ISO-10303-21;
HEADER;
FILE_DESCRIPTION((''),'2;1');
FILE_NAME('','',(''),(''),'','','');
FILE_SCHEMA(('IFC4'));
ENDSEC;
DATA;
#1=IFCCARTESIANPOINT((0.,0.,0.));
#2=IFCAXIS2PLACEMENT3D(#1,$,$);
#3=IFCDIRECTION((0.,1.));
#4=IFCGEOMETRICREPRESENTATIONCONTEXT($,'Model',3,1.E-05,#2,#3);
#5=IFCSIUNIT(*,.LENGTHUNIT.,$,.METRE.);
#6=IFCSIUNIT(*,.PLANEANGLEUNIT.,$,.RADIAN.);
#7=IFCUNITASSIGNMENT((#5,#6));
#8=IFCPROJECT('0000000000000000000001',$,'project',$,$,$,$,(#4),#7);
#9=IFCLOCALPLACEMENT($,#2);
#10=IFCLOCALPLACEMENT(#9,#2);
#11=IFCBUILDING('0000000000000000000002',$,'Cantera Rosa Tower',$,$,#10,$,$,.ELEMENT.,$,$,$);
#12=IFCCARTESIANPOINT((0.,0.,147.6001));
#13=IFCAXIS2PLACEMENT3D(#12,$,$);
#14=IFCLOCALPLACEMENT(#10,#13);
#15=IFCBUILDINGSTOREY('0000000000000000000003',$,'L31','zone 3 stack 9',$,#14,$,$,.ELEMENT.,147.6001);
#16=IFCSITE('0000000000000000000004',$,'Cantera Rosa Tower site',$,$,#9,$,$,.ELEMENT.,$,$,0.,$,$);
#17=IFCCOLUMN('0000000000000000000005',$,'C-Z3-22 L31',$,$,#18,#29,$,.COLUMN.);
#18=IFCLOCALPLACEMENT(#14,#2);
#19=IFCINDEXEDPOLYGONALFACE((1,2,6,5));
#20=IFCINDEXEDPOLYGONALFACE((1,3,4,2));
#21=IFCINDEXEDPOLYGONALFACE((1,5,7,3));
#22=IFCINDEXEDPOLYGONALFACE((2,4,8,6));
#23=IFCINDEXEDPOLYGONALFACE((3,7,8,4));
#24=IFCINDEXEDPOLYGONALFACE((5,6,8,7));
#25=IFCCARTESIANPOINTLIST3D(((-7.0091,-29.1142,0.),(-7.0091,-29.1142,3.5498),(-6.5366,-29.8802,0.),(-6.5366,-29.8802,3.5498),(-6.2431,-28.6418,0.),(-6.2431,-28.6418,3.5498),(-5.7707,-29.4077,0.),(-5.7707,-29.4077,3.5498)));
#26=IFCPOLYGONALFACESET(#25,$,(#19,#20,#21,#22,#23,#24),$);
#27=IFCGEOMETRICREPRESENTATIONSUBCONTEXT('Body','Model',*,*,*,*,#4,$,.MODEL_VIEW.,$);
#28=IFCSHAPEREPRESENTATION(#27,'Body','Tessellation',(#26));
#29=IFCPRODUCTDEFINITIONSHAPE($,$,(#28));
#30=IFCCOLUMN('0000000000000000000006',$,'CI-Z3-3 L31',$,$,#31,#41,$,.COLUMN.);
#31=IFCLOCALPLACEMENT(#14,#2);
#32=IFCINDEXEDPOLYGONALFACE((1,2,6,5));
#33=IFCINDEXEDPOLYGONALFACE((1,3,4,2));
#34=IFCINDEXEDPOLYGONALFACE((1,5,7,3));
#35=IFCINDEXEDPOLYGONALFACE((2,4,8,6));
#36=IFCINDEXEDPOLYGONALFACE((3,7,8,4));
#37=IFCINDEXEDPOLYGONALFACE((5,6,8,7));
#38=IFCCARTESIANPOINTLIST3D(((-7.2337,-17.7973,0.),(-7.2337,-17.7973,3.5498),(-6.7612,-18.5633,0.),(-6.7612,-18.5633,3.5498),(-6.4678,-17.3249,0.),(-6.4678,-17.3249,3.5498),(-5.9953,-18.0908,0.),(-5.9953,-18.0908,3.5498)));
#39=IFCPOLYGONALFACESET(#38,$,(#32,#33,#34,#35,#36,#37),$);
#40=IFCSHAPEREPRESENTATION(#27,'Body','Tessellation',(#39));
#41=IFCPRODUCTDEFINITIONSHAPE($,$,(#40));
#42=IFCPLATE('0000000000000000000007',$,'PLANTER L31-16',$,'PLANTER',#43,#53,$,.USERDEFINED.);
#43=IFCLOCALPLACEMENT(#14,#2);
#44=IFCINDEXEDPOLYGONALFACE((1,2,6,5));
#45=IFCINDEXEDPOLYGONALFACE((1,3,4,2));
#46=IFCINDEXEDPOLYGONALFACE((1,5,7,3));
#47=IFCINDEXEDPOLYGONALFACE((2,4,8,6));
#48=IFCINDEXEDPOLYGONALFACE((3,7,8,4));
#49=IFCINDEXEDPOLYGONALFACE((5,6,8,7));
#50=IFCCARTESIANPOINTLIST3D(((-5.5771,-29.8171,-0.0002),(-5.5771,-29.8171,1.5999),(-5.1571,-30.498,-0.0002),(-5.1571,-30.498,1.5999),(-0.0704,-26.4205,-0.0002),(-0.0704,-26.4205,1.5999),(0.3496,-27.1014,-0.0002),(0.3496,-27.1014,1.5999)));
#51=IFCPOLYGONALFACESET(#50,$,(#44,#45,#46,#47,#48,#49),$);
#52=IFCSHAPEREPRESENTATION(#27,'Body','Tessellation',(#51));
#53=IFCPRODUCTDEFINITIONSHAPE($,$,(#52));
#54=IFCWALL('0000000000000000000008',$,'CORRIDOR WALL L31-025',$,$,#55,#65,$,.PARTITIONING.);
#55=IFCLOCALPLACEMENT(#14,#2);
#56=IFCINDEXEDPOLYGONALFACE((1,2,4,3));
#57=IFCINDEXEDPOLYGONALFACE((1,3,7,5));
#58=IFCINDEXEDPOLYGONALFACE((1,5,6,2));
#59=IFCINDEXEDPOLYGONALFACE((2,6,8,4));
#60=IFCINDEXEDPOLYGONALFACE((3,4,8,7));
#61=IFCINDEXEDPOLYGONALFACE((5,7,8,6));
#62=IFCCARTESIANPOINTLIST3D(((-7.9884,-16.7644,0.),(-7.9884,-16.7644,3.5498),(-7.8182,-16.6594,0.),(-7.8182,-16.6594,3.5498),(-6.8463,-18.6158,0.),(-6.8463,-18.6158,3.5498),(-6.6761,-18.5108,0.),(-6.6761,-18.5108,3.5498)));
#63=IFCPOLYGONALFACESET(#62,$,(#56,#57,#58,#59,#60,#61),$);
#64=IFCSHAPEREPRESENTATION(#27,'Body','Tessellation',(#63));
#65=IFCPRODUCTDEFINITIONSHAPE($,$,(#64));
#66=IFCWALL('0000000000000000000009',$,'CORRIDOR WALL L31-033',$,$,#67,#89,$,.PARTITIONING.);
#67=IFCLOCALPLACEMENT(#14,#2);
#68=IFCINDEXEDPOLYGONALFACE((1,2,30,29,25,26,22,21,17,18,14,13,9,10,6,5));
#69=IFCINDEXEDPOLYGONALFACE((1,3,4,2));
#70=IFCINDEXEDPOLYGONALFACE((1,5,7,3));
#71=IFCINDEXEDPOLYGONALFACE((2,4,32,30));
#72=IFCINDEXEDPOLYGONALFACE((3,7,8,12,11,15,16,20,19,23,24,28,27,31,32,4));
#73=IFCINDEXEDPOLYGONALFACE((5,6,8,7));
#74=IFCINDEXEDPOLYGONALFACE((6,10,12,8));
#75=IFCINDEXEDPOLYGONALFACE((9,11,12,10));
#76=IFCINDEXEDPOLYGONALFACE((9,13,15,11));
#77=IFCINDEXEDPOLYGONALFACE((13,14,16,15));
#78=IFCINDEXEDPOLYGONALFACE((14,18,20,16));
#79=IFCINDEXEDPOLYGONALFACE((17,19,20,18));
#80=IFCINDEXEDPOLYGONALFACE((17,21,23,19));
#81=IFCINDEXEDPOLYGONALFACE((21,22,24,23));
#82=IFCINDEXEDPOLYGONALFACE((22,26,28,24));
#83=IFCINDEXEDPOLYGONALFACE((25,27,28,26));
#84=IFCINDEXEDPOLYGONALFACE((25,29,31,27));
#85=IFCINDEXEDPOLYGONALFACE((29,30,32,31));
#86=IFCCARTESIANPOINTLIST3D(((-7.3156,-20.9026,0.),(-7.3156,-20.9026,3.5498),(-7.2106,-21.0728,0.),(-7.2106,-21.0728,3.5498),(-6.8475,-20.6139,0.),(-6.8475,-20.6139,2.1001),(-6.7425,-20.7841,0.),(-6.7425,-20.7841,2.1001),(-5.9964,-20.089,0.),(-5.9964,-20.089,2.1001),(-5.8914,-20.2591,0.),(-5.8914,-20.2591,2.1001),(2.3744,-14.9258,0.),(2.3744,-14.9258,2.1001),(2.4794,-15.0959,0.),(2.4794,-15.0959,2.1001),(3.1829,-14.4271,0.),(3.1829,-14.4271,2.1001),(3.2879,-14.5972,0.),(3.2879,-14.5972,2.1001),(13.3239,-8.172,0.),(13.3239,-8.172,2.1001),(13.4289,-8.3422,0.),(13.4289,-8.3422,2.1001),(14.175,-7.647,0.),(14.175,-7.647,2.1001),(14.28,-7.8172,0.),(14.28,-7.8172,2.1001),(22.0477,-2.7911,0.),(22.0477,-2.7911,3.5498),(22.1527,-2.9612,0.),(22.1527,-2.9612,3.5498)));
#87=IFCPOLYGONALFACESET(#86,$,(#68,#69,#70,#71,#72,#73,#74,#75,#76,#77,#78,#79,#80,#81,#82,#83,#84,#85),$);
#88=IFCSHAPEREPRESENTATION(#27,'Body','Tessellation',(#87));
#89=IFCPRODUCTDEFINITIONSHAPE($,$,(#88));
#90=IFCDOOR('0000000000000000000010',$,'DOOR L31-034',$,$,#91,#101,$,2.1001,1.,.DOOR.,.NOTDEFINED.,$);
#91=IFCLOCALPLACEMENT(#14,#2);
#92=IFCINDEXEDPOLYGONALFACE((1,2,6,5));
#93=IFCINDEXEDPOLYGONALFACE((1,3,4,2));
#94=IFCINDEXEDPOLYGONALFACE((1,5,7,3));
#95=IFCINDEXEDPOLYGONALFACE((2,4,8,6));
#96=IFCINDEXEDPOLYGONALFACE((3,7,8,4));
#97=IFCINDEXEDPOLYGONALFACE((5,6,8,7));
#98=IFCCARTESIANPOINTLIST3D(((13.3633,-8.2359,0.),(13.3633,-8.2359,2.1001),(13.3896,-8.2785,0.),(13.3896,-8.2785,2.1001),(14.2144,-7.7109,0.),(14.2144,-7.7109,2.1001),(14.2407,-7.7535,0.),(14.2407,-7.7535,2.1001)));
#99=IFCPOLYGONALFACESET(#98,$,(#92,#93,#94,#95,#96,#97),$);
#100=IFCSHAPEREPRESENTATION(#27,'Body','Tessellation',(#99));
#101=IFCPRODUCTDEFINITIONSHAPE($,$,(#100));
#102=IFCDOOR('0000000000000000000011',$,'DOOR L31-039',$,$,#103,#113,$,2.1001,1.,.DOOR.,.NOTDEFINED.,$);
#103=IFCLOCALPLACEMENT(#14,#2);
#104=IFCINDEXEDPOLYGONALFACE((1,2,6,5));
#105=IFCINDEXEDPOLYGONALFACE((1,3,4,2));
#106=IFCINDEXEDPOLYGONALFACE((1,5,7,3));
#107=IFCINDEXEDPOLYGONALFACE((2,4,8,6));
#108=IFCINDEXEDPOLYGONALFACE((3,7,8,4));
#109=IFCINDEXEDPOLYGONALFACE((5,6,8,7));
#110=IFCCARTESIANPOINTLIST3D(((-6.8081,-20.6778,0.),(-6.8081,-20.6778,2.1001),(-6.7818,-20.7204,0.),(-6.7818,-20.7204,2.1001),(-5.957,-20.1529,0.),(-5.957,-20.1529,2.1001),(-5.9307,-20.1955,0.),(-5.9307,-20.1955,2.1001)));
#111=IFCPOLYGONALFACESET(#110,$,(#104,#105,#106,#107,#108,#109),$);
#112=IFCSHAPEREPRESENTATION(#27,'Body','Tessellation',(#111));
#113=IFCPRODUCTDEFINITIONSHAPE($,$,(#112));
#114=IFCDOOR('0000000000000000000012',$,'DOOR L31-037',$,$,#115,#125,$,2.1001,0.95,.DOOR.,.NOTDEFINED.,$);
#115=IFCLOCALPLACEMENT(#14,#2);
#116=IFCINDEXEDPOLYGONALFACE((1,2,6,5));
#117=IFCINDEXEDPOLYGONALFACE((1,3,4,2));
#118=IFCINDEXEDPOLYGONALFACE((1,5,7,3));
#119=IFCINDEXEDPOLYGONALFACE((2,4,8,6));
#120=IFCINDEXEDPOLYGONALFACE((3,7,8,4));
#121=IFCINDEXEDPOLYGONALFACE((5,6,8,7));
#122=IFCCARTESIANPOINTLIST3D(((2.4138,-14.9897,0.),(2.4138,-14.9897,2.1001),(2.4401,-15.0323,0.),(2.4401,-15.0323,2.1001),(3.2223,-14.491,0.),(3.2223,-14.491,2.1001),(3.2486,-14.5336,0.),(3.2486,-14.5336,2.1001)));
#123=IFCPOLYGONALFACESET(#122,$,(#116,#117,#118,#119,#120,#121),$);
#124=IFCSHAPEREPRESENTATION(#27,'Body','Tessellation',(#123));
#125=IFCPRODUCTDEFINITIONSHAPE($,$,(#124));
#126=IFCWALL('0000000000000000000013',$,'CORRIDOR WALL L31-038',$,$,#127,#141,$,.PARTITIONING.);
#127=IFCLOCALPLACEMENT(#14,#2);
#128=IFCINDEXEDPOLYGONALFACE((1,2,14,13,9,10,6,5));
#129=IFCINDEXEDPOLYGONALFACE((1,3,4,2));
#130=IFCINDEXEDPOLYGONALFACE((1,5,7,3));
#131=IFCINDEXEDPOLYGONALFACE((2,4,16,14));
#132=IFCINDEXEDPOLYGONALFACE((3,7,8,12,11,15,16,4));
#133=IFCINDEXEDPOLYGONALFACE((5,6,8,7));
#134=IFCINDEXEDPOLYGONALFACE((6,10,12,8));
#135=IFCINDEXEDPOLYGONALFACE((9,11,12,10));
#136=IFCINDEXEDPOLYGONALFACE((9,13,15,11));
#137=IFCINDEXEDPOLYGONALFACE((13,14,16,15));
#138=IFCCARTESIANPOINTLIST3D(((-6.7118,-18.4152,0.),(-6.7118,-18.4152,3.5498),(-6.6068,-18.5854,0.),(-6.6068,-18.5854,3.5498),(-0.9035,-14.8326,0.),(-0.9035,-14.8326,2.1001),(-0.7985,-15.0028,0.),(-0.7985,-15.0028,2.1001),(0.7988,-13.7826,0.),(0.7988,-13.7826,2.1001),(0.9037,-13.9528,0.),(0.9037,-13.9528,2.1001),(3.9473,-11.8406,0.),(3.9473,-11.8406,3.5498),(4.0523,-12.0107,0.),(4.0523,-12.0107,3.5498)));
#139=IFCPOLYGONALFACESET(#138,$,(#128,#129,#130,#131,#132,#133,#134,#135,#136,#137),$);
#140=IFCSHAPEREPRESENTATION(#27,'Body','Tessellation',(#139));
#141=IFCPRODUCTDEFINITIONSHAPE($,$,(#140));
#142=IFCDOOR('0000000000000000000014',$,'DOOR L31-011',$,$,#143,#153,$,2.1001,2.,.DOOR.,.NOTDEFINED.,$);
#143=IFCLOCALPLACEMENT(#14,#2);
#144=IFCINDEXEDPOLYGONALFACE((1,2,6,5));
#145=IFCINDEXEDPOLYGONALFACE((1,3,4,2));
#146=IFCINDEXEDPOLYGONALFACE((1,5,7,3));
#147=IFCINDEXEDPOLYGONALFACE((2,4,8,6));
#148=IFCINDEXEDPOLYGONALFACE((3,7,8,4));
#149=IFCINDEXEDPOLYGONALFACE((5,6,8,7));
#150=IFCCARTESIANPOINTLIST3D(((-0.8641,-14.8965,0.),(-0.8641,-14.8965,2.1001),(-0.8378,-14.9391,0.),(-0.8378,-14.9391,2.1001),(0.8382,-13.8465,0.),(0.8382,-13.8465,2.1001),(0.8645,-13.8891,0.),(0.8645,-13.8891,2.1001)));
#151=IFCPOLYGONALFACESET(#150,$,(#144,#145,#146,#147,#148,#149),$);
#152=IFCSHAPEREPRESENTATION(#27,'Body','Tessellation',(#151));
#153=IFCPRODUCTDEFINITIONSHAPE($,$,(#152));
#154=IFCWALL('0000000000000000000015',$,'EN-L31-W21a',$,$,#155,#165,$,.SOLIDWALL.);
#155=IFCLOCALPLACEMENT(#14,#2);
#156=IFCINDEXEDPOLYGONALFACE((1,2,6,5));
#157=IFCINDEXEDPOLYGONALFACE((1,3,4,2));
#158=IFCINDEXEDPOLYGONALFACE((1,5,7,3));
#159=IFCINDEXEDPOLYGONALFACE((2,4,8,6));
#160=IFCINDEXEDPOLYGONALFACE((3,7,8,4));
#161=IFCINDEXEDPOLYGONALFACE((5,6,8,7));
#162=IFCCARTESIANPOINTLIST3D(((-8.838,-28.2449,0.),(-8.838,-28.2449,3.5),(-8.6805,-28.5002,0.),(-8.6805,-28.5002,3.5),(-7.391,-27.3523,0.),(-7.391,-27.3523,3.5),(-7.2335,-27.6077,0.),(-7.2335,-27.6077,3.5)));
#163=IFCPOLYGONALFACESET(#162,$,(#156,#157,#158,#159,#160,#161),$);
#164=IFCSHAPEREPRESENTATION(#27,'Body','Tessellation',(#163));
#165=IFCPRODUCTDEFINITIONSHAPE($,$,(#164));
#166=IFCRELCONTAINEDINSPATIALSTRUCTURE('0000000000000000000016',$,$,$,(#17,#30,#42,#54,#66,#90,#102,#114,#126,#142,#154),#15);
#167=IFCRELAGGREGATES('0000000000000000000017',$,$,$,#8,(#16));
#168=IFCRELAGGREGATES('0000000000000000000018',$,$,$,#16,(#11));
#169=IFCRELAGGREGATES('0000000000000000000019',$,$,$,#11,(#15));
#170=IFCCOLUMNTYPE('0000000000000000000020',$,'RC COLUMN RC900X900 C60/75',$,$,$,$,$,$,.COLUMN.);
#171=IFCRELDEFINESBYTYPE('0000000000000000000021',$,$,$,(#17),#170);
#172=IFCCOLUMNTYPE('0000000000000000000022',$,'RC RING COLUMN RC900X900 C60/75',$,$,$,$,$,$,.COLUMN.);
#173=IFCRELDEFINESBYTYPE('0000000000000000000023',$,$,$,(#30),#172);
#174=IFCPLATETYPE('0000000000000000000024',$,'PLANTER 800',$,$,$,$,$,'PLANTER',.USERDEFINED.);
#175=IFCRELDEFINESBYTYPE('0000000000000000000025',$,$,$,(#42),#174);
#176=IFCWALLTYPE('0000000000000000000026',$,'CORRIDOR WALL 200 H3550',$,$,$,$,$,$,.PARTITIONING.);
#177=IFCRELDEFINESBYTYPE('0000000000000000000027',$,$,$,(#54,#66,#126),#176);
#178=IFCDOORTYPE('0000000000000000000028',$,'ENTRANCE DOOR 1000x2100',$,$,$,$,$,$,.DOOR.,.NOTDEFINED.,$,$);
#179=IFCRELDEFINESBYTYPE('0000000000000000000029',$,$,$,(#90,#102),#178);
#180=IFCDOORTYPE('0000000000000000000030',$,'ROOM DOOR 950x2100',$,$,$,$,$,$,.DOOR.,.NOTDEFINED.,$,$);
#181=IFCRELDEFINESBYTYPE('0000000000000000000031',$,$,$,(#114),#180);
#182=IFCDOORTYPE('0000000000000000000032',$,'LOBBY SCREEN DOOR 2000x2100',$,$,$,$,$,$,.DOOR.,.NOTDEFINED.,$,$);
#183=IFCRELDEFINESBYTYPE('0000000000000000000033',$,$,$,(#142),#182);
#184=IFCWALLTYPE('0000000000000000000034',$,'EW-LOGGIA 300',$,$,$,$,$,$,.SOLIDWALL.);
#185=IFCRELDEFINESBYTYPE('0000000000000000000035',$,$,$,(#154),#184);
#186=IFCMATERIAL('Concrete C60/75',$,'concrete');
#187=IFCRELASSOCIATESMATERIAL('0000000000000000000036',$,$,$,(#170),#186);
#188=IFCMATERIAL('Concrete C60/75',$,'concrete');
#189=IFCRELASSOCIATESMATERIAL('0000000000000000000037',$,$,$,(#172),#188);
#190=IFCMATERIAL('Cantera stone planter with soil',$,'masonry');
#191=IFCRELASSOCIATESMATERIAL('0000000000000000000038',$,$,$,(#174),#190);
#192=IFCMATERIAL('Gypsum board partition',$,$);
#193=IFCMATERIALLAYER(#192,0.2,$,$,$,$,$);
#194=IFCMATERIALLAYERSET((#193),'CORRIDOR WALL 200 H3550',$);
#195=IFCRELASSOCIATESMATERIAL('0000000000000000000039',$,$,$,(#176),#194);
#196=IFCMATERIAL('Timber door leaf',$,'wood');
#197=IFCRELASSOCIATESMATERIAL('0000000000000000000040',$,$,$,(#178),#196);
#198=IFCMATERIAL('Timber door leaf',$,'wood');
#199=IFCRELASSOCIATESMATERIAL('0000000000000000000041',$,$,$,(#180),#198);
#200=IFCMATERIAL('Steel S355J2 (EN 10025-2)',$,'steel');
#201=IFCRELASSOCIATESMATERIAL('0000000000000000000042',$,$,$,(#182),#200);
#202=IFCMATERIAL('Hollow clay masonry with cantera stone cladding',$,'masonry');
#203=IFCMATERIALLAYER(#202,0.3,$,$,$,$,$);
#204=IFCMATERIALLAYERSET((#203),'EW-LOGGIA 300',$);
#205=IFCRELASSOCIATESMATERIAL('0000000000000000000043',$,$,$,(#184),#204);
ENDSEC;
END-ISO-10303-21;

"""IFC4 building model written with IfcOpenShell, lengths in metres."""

from ifc_helpers import new_model, si_unit, direction, frame, frame_2d, origin, origin_2d, place, context, subcontext, project, spatial, rectangle, extrude, material, layer, layer_set, material_profile, profile_set, type_object, element, fill, save


model = new_model("IFC4")

# Units and contexts
model_context = context("Model", 3, precision=1e-05, world=origin(), true_north=direction((0.0, 1.0)))
body_context = subcontext(model_context, "Body", "Model", "MODEL_VIEW")
ifc_project = project(units=[si_unit("LENGTHUNIT", "METRE"), si_unit("PLANEANGLEUNIT", "RADIAN")], contexts=[model_context])

# Site, building, storey
site_placement = place(None, origin())
site = spatial("IfcSite", under=ifc_project, at=site_placement, Name="Cantera Rosa Tower site", CompositionType="ELEMENT", RefElevation=0.0)
building_placement = place(site_placement, origin())
building = spatial("IfcBuilding", under=site, at=building_placement, Name="Cantera Rosa Tower", CompositionType="ELEMENT")
storey_placement = place(building_placement, frame((0.0, 0.0, 147.6001)))
storey = spatial("IfcBuildingStorey", under=building, at=storey_placement, Name="L31", Description="zone 3 stack 9", CompositionType="ELEMENT", Elevation=147.6001)

# Columns
ifc_material_1 = material(Name="Concrete C60/75", Category="concrete")
ifc_material_profile_1 = material_profile(ifc_material_1, rectangle(XDim=0.8999, YDim=0.8999, at=origin_2d()), Name="RC COLUMN RC900X900 C60/75")
ifc_profile_set_1 = profile_set([ifc_material_profile_1], Name="Concrete C60/75")
column_type_1 = type_object("IfcColumnType", Name="RC COLUMN RC900X900 C60/75", PredefinedType="COLUMN", material=ifc_profile_set_1)
column_1_placement = place(storey_placement, frame((-6.3899, -29.261, 0.0), z_axis=(0.0, 0.0, 1.0), x_axis=(0.851117, 0.524977, 0.0)))
element("IfcColumn", 1, at=column_1_placement, inside=storey, type_object=column_type_1, Name="C-Z3-22 L31", PredefinedType="COLUMN", context=body_context, shape_type="SweptSolid", body=[
    extrude(rectangle(XDim=0.8999, YDim=0.8999, at=origin_2d()), origin(), (0.0, 0.0, 1.0), 3.5498),
])
ifc_material_2 = material(Name="Concrete C60/75", Category="concrete")
ifc_material_profile_2 = material_profile(ifc_material_2, rectangle(XDim=0.8999, YDim=0.8999, at=origin_2d()), Name="RC RING COLUMN RC900X900 C60/75")
ifc_profile_set_2 = profile_set([ifc_material_profile_2], Name="Concrete C60/75")
column_type_2 = type_object("IfcColumnType", Name="RC RING COLUMN RC900X900 C60/75", PredefinedType="COLUMN", material=ifc_profile_set_2)
column_2_placement = place(storey_placement, frame((-6.6145, -17.9441, 0.0), z_axis=(0.0, 0.0, 1.0), x_axis=(0.851117, 0.524977, 0.0)))
element("IfcColumn", 2, at=column_2_placement, inside=storey, type_object=column_type_2, Name="CI-Z3-3 L31", PredefinedType="COLUMN", context=body_context, shape_type="SweptSolid", body=[
    extrude(rectangle(XDim=0.8999, YDim=0.8999, at=origin_2d()), origin(), (0.0, 0.0, 1.0), 3.5498),
])

# Plate
ifc_material_3 = material(Name="Cantera stone planter with soil", Category="masonry")
plate_type = type_object("IfcPlateType", Name="PLANTER 800", ElementType="PLANTER", PredefinedType="USERDEFINED", material=ifc_material_3)
plate_placement = place(storey_placement, frame((-2.6138, -28.4592, -0.0002), z_axis=(0.0, 0.0, 1.0), x_axis=(0.851117, 0.524977, 0.0)))
element("IfcPlate", 3, at=plate_placement, inside=storey, type_object=plate_type, Name="PLANTER L31-16", ObjectType="PLANTER", PredefinedType="USERDEFINED", context=body_context, shape_type="SweptSolid", body=[
    extrude(rectangle(XDim=6.47, YDim=0.8, at=origin_2d()), origin(), (0.0, 0.0, 1.0), 1.6001),
])

# Wall
ifc_material_4 = material(Name="Gypsum board partition")
ifc_layer_1 = layer(ifc_material_4, 0.2)
ifc_layer_set_1 = layer_set([ifc_layer_1], Name="CORRIDOR WALL 200 H3550")
wall_type_1 = type_object("IfcWallType", Name="CORRIDOR WALL 200 H3550", PredefinedType="PARTITIONING", material=ifc_layer_set_1)
wall_1_placement = place(storey_placement, frame((-7.9033, -16.7119, 0.0), z_axis=(0.0, 0.0, 1.0), x_axis=(0.525036, -0.85108, 0.0)))
element("IfcWall", 4, at=wall_1_placement, inside=storey, type_object=wall_type_1, Name="CORRIDOR WALL L31-025", PredefinedType="PARTITIONING", context=body_context, shape_type="SweptSolid", body=[
    extrude(rectangle(XDim=2.1753, YDim=0.2, at=frame_2d((1.0876, 0.0))), origin(), (0.0, 0.0, 1.0), 3.5498),
])

# Wall, openings, doors
wall_2_placement = place(storey_placement, frame((-7.2632, -20.9878, 0.0), z_axis=(0.0, 0.0, 1.0), x_axis=(0.851116, 0.524977, 0.0)))
wall_2 = element("IfcWall", 5, at=wall_2_placement, inside=storey, type_object=wall_type_1, Name="CORRIDOR WALL L31-033", PredefinedType="PARTITIONING", context=body_context, shape_type="SweptSolid", body=[
    extrude(rectangle(XDim=34.4998, YDim=0.2, at=frame_2d((17.25, 0.0))), origin(), (0.0, 0.0, 1.0), 3.5498),
])
opening_1_placement = place(wall_2_placement, frame((24.25, 0.0, 0.0)))
opening_1 = element("IfcOpeningElement", 6, at=opening_1_placement, cuts=wall_2, PredefinedType="OPENING", context=body_context, shape_type="SweptSolid", body=[
    extrude(rectangle(XDim=1.0, YDim=2.1001, at=frame_2d((0.5, 1.05))), frame((0.0, 0.1099, 0.0), z_axis=(0.0, -1.0, 0.0), x_axis=(1.0, 0.0, 0.0)), (0.0, 0.0, 1.0), 0.22),
])
opening_2_placement = place(wall_2_placement, frame((11.385, 0.0, 0.0)))
opening_2 = element("IfcOpeningElement", 7, at=opening_2_placement, cuts=wall_2, PredefinedType="OPENING", context=body_context, shape_type="SweptSolid", body=[
    extrude(rectangle(XDim=0.95, YDim=2.1001, at=frame_2d((0.4751, 1.05))), frame((0.0, 0.1099, 0.0), z_axis=(0.0, -1.0, 0.0), x_axis=(1.0, 0.0, 0.0)), (0.0, 0.0, 1.0), 0.22),
])
opening_3_placement = place(wall_2_placement, frame((0.55, 0.0, 0.0)))
opening_3 = element("IfcOpeningElement", 8, at=opening_3_placement, cuts=wall_2, PredefinedType="OPENING", context=body_context, shape_type="SweptSolid", body=[
    extrude(rectangle(XDim=1.0, YDim=2.1001, at=frame_2d((0.5, 1.05))), frame((0.0, 0.1099, 0.0), z_axis=(0.0, -1.0, 0.0), x_axis=(1.0, 0.0, 0.0)), (0.0, 0.0, 1.0), 0.22),
])
ifc_material_5 = material(Name="Timber door leaf", Category="wood")
door_type_1 = type_object("IfcDoorType", Name="ENTRANCE DOOR 1000x2100", OperationType="NOTDEFINED", PredefinedType="DOOR", material=ifc_material_5)
door_1_placement = place(opening_1_placement, origin())
door_1 = element("IfcDoor", 9, at=door_1_placement, inside=storey, type_object=door_type_1, Name="DOOR L31-034", OperationType="NOTDEFINED", OverallHeight=2.1001, OverallWidth=1.0, PredefinedType="DOOR", context=body_context, shape_type="SweptSolid", body=[
    extrude(rectangle(XDim=1.0, YDim=2.1001, at=frame_2d((0.5, 1.05))), frame((0.0, 0.0249, 0.0), z_axis=(0.0, -1.0, 0.0), x_axis=(1.0, 0.0, 0.0)), (0.0, 0.0, 1.0), 0.05),
])
fill(opening_1, door_1)
door_2_placement = place(opening_3_placement, origin())
door_2 = element("IfcDoor", 10, at=door_2_placement, inside=storey, type_object=door_type_1, Name="DOOR L31-039", OperationType="NOTDEFINED", OverallHeight=2.1001, OverallWidth=1.0, PredefinedType="DOOR", context=body_context, shape_type="SweptSolid", body=[
    extrude(rectangle(XDim=1.0, YDim=2.1001, at=frame_2d((0.5, 1.05))), frame((0.0, 0.0249, 0.0), z_axis=(0.0, -1.0, 0.0), x_axis=(1.0, 0.0, 0.0)), (0.0, 0.0, 1.0), 0.05),
])
fill(opening_3, door_2)
ifc_material_6 = material(Name="Timber door leaf", Category="wood")
door_type_2 = type_object("IfcDoorType", Name="ROOM DOOR 950x2100", OperationType="NOTDEFINED", PredefinedType="DOOR", material=ifc_material_6)
door_3_placement = place(opening_2_placement, origin())
door_3 = element("IfcDoor", 11, at=door_3_placement, inside=storey, type_object=door_type_2, Name="DOOR L31-037", OperationType="NOTDEFINED", OverallHeight=2.1001, OverallWidth=0.95, PredefinedType="DOOR", context=body_context, shape_type="SweptSolid", body=[
    extrude(rectangle(XDim=0.95, YDim=2.1001, at=frame_2d((0.4751, 1.05))), frame((0.0, 0.0249, 0.0), z_axis=(0.0, -1.0, 0.0), x_axis=(1.0, 0.0, 0.0)), (0.0, 0.0, 1.0), 0.05),
])
fill(opening_2, door_3)

# Wall, opening, door
wall_3_placement = place(storey_placement, frame((-6.6592, -18.5002, 0.0), z_axis=(0.0, 0.0, 1.0), x_axis=(0.851116, 0.524978, 0.0)))
wall_3 = element("IfcWall", 12, at=wall_3_placement, inside=storey, type_object=wall_type_1, Name="CORRIDOR WALL L31-038", PredefinedType="PARTITIONING", context=body_context, shape_type="SweptSolid", body=[
    extrude(rectangle(XDim=12.5237, YDim=0.2, at=frame_2d((6.2617, 0.0))), origin(), (0.0, 0.0, 1.0), 3.5498),
])
opening_4_placement = place(wall_3_placement, frame((6.8242, 0.0, 0.0)))
opening_4 = element("IfcOpeningElement", 13, at=opening_4_placement, cuts=wall_3, PredefinedType="OPENING", context=body_context, shape_type="SweptSolid", body=[
    extrude(rectangle(XDim=2.0, YDim=2.1001, at=frame_2d((1.0, 1.05))), frame((0.0, 0.1099, 0.0), z_axis=(0.0, -1.0, 0.0), x_axis=(1.0, 0.0, 0.0)), (0.0, 0.0, 1.0), 0.22),
])
ifc_material_7 = material(Name="Steel S355J2 (EN 10025-2)", Category="steel")
door_type_3 = type_object("IfcDoorType", Name="LOBBY SCREEN DOOR 2000x2100", OperationType="NOTDEFINED", PredefinedType="DOOR", material=ifc_material_7)
door_4_placement = place(opening_4_placement, origin())
door_4 = element("IfcDoor", 14, at=door_4_placement, inside=storey, type_object=door_type_3, Name="DOOR L31-011", OperationType="NOTDEFINED", OverallHeight=2.1001, OverallWidth=2.0, PredefinedType="DOOR", context=body_context, shape_type="SweptSolid", body=[
    extrude(rectangle(XDim=2.0, YDim=2.1001, at=frame_2d((1.0, 1.05))), frame((0.0, 0.0249, 0.0), z_axis=(0.0, -1.0, 0.0), x_axis=(1.0, 0.0, 0.0)), (0.0, 0.0, 1.0), 0.05),
])
fill(opening_4, door_4)

# Wall
ifc_material_8 = material(Name="Hollow clay masonry with cantera stone cladding", Category="masonry")
ifc_layer_2 = layer(ifc_material_8, 0.3)
ifc_layer_set_2 = layer_set([ifc_layer_2], Name="EW-LOGGIA 300")
wall_type_2 = type_object("IfcWallType", Name="EW-LOGGIA 300", PredefinedType="SOLIDWALL", material=ifc_layer_set_2)
wall_4_placement = place(storey_placement, frame((-8.7593, -28.3726, 0.0), z_axis=(0.0, 0.0, 1.0), x_axis=(0.851106, 0.524994, 0.0)))
element("IfcWall", 15, at=wall_4_placement, inside=storey, type_object=wall_type_2, Name="EN-L31-W21a", PredefinedType="SOLIDWALL", context=body_context, shape_type="SweptSolid", body=[
    extrude(rectangle(XDim=1.7002, YDim=0.3, at=frame_2d((0.8501, 0.0))), origin(), (0.0, 0.0, 1.0), 3.5),
])

save(model, "model.ifc")
